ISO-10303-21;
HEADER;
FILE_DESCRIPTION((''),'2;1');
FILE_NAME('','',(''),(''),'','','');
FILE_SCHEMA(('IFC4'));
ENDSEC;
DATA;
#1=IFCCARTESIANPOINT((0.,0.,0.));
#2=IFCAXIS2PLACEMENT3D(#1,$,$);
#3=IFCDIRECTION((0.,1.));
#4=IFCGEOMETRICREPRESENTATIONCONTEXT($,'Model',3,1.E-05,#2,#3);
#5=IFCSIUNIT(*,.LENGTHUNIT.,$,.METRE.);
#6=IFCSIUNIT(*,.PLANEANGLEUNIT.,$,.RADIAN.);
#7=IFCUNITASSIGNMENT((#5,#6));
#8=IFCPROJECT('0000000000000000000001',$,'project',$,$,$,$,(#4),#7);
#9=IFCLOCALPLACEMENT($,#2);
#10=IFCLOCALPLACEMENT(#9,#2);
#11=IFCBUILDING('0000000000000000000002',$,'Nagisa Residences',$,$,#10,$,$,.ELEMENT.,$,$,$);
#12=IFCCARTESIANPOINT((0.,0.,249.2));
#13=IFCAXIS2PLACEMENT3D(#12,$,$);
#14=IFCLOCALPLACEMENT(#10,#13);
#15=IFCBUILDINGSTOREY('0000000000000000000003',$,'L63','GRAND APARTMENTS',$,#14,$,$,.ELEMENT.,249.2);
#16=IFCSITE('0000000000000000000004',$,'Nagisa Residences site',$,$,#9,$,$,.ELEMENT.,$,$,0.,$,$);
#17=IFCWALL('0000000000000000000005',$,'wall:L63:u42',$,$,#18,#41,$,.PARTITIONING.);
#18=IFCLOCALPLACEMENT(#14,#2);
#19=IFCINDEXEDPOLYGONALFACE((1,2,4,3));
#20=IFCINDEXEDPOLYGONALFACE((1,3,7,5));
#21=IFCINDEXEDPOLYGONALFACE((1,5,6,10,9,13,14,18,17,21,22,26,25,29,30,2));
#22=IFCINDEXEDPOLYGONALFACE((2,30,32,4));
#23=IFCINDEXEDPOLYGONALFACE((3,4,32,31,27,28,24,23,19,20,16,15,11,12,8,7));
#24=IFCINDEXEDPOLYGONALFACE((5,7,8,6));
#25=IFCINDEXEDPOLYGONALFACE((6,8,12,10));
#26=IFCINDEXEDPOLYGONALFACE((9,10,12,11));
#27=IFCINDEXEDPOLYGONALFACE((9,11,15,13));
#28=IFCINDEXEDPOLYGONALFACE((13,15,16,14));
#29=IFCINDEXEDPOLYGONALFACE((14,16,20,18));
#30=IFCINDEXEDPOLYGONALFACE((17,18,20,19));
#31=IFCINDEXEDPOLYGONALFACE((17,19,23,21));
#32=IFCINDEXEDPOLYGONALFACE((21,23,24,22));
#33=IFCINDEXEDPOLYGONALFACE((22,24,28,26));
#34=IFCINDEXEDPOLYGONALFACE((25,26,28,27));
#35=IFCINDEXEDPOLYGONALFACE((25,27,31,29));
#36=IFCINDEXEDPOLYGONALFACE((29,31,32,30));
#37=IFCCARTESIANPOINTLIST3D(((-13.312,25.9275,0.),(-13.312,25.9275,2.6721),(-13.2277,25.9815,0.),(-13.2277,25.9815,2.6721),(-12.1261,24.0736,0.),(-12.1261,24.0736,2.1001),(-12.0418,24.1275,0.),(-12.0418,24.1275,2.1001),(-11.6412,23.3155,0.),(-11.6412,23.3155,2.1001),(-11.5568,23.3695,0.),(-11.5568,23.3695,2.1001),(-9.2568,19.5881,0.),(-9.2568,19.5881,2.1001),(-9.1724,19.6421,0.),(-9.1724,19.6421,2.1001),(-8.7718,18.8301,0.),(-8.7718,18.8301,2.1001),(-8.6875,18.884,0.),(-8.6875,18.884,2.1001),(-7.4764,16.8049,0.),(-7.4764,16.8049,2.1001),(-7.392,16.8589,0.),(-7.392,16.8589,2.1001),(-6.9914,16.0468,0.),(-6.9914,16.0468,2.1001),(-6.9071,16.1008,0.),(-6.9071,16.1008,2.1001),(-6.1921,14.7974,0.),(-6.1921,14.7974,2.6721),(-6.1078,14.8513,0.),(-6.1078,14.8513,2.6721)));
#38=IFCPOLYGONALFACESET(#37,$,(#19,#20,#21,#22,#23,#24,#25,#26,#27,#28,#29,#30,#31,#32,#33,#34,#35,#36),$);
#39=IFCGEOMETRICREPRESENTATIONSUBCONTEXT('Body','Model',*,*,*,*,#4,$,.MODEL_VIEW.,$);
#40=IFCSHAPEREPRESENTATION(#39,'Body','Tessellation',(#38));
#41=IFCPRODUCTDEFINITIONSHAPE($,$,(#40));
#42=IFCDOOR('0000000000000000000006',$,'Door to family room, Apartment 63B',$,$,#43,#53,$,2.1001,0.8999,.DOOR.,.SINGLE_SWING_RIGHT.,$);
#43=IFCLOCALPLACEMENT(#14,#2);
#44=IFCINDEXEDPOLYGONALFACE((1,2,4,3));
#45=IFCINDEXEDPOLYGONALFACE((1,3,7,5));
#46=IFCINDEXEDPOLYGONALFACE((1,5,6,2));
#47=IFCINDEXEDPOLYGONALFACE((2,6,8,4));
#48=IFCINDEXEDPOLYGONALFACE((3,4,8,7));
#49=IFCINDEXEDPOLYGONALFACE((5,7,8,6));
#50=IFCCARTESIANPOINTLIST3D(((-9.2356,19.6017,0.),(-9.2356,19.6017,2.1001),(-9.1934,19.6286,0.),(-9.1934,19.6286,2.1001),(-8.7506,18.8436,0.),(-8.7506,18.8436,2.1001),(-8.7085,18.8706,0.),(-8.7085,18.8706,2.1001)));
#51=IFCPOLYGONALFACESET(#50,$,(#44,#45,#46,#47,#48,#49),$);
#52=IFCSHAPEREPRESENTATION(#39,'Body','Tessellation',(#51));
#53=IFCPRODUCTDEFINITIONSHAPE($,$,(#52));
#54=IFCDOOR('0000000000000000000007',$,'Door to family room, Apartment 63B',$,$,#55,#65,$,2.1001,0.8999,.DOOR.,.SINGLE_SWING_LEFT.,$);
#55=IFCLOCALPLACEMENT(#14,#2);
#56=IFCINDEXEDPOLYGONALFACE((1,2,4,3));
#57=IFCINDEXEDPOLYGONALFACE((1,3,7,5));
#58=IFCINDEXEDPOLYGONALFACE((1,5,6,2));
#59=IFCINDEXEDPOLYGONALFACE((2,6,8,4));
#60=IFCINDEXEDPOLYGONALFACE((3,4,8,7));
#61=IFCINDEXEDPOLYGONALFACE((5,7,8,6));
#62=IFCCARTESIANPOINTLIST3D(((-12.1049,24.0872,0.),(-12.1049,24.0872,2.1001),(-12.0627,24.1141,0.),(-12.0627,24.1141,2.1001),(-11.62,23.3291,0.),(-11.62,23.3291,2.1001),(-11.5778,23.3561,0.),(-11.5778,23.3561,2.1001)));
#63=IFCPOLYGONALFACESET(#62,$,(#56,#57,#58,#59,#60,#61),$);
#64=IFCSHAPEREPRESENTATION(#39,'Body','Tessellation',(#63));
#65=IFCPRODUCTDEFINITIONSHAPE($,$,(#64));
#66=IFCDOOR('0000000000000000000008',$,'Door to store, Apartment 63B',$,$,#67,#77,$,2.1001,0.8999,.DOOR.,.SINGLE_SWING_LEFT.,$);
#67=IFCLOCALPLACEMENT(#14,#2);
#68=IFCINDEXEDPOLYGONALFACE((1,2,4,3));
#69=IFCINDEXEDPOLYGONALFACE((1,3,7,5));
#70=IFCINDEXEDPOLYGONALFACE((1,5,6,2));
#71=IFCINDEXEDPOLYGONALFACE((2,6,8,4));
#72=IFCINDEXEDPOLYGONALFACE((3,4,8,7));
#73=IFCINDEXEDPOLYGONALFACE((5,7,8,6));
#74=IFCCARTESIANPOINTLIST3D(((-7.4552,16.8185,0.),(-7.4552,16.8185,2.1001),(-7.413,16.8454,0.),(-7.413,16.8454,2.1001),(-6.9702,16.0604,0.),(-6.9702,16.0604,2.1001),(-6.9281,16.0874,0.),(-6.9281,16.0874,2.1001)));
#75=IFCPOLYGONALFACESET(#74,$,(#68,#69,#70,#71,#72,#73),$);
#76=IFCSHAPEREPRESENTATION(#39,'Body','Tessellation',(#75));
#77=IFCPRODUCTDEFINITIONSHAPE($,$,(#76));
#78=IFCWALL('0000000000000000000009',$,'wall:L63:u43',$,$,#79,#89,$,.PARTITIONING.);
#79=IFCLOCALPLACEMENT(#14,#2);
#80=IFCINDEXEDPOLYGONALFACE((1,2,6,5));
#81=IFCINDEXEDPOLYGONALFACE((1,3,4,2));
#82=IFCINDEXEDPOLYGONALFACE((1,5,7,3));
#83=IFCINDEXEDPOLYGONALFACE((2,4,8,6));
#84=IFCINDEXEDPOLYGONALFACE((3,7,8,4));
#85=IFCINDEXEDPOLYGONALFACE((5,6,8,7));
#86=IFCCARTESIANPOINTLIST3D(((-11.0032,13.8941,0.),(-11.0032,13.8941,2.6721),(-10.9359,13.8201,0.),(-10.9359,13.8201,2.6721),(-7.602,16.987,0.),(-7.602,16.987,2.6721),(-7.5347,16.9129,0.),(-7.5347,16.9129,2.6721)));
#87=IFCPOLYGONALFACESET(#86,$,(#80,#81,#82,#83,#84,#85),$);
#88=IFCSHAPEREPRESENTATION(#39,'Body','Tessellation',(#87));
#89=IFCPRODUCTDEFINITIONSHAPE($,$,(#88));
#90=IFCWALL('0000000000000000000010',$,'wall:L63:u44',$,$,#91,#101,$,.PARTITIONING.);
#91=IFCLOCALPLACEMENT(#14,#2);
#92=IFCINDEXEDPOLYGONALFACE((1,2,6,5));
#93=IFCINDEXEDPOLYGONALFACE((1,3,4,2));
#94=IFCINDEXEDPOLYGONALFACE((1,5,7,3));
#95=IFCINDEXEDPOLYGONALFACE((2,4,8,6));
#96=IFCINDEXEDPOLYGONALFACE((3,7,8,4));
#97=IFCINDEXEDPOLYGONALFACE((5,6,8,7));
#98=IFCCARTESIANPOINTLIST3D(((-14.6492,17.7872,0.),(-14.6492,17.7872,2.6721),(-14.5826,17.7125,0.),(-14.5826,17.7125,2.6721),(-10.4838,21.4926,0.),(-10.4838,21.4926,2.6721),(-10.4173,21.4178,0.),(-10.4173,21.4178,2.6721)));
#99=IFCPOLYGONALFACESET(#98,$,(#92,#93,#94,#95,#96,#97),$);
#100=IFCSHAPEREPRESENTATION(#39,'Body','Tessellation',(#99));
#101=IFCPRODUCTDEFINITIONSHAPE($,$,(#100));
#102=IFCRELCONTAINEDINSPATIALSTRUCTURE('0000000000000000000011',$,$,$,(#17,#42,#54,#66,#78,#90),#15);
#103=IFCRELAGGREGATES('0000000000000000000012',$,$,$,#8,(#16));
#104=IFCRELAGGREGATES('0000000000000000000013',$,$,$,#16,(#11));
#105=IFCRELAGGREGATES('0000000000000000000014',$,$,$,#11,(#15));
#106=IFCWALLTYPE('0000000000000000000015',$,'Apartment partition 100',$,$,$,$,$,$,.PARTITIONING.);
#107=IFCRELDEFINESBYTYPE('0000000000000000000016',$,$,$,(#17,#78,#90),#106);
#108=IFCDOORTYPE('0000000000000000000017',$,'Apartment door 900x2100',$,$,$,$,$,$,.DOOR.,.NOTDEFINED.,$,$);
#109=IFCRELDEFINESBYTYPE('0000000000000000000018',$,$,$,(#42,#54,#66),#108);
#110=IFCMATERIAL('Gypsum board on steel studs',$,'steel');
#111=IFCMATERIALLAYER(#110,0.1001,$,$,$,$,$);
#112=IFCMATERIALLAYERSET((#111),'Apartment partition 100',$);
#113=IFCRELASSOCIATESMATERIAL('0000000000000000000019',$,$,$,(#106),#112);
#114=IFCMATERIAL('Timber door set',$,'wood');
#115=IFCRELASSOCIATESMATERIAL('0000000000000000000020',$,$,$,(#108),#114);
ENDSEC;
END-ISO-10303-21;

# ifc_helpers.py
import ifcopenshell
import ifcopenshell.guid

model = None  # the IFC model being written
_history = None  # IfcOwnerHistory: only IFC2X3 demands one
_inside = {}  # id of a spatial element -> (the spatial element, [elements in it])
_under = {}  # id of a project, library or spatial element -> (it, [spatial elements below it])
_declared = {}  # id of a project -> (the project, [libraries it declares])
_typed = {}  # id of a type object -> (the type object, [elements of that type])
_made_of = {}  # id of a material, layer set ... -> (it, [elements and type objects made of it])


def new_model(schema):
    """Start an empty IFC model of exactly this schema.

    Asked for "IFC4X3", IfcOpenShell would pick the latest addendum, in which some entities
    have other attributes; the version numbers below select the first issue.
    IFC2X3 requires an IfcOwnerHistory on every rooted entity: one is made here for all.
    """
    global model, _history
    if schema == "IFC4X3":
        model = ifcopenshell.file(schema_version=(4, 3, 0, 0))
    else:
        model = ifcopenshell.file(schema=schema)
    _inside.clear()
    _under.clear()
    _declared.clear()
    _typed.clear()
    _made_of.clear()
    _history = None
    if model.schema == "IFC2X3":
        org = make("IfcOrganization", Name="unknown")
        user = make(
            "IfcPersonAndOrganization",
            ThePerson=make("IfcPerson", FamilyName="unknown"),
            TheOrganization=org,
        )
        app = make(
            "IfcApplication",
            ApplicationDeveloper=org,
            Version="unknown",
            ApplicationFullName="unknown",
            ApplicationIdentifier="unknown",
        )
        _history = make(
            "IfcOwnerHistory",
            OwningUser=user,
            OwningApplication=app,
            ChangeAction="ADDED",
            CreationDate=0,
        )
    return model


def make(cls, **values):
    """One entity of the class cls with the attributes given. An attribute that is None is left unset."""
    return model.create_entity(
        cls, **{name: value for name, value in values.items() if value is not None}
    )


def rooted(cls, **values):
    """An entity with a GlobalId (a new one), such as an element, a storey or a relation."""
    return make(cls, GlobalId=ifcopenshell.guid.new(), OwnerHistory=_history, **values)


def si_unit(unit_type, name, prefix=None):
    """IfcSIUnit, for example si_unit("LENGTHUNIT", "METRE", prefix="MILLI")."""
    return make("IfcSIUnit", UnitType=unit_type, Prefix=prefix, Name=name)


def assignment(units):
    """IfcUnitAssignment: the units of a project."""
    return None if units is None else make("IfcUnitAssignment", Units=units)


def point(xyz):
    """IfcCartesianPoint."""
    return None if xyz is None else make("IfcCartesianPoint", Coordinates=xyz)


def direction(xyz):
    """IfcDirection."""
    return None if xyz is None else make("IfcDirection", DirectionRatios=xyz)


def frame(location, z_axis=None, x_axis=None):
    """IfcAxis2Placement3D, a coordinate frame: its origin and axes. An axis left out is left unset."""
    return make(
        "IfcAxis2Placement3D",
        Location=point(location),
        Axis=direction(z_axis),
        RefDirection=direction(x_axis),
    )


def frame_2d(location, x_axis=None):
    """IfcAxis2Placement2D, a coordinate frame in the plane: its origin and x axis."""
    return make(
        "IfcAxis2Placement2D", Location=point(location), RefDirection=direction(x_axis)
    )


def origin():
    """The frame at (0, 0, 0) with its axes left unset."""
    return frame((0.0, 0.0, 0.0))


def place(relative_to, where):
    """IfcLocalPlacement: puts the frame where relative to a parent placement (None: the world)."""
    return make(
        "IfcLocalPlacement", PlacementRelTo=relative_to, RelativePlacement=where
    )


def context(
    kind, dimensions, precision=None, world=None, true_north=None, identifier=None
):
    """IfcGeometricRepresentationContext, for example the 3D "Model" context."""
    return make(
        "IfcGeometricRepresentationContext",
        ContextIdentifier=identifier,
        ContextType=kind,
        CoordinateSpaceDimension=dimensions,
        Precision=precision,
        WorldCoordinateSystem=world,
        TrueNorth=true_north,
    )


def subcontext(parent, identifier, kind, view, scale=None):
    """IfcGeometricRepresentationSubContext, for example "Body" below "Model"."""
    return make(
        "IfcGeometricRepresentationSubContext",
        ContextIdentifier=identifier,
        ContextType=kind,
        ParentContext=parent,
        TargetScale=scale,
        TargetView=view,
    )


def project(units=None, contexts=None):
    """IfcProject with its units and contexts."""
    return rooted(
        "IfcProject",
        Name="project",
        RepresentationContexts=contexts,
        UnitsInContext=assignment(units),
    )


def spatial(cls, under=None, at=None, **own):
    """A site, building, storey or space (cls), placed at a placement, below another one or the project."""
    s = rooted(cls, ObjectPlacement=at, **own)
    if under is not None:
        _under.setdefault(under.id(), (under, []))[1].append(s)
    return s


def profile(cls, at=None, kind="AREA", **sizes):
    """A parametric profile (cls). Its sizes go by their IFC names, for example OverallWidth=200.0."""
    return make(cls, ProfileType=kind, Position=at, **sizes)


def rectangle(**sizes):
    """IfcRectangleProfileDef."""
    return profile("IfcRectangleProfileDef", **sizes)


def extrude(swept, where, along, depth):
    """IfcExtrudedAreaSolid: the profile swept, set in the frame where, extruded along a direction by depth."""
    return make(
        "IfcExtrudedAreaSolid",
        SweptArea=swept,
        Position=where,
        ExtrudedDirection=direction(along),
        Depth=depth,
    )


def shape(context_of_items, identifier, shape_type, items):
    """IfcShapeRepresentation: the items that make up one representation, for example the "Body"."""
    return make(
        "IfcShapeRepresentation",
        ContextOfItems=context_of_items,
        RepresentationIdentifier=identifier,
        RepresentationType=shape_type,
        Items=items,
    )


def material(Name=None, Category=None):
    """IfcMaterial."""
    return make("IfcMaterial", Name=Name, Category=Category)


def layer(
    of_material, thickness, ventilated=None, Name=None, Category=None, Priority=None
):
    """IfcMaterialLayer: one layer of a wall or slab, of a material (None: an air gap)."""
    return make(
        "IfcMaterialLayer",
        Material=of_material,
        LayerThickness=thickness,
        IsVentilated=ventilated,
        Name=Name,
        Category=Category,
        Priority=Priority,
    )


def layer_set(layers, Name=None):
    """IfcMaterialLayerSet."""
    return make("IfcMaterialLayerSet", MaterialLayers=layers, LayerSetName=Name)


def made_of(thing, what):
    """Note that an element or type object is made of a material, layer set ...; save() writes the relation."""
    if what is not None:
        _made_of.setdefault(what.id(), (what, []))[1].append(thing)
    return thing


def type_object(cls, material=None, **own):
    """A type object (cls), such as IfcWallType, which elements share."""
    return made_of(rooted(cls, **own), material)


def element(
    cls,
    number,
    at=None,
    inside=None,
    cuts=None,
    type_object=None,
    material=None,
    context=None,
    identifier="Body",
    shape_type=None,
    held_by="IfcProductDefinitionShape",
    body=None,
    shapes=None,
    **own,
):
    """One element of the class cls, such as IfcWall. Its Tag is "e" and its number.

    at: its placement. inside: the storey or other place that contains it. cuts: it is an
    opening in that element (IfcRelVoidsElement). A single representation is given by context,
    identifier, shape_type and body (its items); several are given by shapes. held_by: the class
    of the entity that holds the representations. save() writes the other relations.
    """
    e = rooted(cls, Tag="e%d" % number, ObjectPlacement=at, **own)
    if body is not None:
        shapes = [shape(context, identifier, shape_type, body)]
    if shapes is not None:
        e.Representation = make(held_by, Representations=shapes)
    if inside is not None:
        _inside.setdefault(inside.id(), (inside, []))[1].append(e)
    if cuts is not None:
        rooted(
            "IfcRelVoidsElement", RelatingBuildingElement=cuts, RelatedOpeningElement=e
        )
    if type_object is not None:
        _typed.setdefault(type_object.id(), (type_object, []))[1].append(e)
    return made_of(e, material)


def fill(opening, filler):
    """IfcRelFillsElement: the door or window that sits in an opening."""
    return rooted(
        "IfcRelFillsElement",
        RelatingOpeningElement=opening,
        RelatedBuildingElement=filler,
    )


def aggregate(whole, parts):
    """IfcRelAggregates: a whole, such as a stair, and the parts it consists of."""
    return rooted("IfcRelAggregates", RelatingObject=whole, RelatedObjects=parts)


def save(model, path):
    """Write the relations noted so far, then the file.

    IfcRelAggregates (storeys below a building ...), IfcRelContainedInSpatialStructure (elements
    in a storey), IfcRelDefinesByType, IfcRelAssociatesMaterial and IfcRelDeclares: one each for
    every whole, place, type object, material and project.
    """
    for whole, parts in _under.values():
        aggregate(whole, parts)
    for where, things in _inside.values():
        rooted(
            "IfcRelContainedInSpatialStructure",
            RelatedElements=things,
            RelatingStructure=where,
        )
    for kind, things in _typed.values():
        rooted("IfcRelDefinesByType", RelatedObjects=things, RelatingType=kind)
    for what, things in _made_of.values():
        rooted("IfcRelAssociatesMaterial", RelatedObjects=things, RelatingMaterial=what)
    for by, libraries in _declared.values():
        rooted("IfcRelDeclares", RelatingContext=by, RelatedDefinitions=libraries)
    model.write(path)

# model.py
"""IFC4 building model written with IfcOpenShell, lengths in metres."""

from ifc_helpers import new_model, si_unit, direction, frame, frame_2d, origin, place, context, subcontext, project, spatial, rectangle, extrude, material, layer, layer_set, type_object, element, fill, save


model = new_model("IFC4")

# Units and contexts
model_context = context("Model", 3, precision=1e-05, world=origin(), true_north=direction((0.0, 1.0)))
body_context = subcontext(model_context, "Body", "Model", "MODEL_VIEW")
ifc_project = project(units=[si_unit("LENGTHUNIT", "METRE"), si_unit("PLANEANGLEUNIT", "RADIAN")], contexts=[model_context])

# Site, building, storey
site_placement = place(None, origin())
site = spatial("IfcSite", under=ifc_project, at=site_placement, Name="Nagisa Residences site", CompositionType="ELEMENT", RefElevation=0.0)
building_placement = place(site_placement, origin())
building = spatial("IfcBuilding", under=site, at=building_placement, Name="Nagisa Residences", CompositionType="ELEMENT")
storey_placement = place(building_placement, frame((0.0, 0.0, 249.2)))
storey = spatial("IfcBuildingStorey", under=building, at=storey_placement, Name="L63", Description="GRAND APARTMENTS", CompositionType="ELEMENT", Elevation=249.2)

# Shared definitions
ifc_material_1 = material(Name="Gypsum board on steel studs", Category="steel")
ifc_layer_1 = layer(ifc_material_1, 0.1001)
ifc_layer_set_1 = layer_set([ifc_layer_1], Name="Apartment partition 100")
wall_type_1 = type_object("IfcWallType", Name="Apartment partition 100", PredefinedType="PARTITIONING", material=ifc_layer_set_1)
ifc_material_2 = material(Name="Timber door set", Category="wood")
door_type_1 = type_object("IfcDoorType", Name="Apartment door 900x2100", OperationType="NOTDEFINED", PredefinedType="DOOR", material=ifc_material_2)

# Wall, openings, doors
wall_1_placement = place(storey_placement, frame((-6.1499, 14.8242, 0.0), z_axis=(0.0, 0.0, 1.0), x_axis=(-0.538871, 0.842388, 0.0)))
wall_1 = element("IfcWall", 1, at=wall_1_placement, inside=storey, type_object=wall_type_1, Name="wall:L63:u42", PredefinedType="PARTITIONING", context=body_context, shape_type="SweptSolid", body=[
    extrude(rectangle(XDim=13.2126, YDim=0.1001, at=frame_2d((6.6064, 0.0))), origin(), (0.0, 0.0, 1.0), 2.6721),
])
opening_1_placement = place(wall_1_placement, frame((4.7874, 0.0, 0.0)))
opening_1 = element("IfcOpeningElement", 2, at=opening_1_placement, cuts=wall_1, PredefinedType="OPENING", context=body_context, shape_type="SweptSolid", body=[
    extrude(rectangle(XDim=0.8999, YDim=2.1001, at=frame_2d((0.45, 1.05))), frame((0.0, 0.0601, 0.0), z_axis=(0.0, -1.0, 0.0), x_axis=(1.0, 0.0, 0.0)), (0.0, 0.0, 1.0), 0.1201),
])
opening_2_placement = place(wall_1_placement, frame((10.1121, 0.0, 0.0)))
opening_2 = element("IfcOpeningElement", 3, at=opening_2_placement, cuts=wall_1, PredefinedType="OPENING", context=body_context, shape_type="SweptSolid", body=[
    extrude(rectangle(XDim=0.8999, YDim=2.1001, at=frame_2d((0.45, 1.05))), frame((0.0, 0.0601, 0.0), z_axis=(0.0, -1.0, 0.0), x_axis=(1.0, 0.0, 0.0)), (0.0, 0.0, 1.0), 0.1201),
])
opening_3_placement = place(wall_1_placement, frame((1.4834, 0.0, 0.0)))
opening_3 = element("IfcOpeningElement", 4, at=opening_3_placement, cuts=wall_1, PredefinedType="OPENING", context=body_context, shape_type="SweptSolid", body=[
    extrude(rectangle(XDim=0.8999, YDim=2.1001, at=frame_2d((0.45, 1.05))), frame((0.0, 0.0601, 0.0), z_axis=(0.0, -1.0, 0.0), x_axis=(1.0, 0.0, 0.0)), (0.0, 0.0, 1.0), 0.1201),
])
door_1_placement = place(opening_1_placement, origin())
door_1 = element("IfcDoor", 5, at=door_1_placement, inside=storey, type_object=door_type_1, Name="Door to family room, Apartment 63B", OperationType="SINGLE_SWING_RIGHT", OverallHeight=2.1001, OverallWidth=0.8999, PredefinedType="DOOR", context=body_context, shape_type="SweptSolid", body=[
    extrude(rectangle(XDim=0.8999, YDim=2.1001, at=frame_2d((0.45, 1.05))), frame((0.0, 0.0249, 0.0), z_axis=(0.0, -1.0, 0.0), x_axis=(1.0, 0.0, 0.0)), (0.0, 0.0, 1.0), 0.05),
])
fill(opening_1, door_1)
door_2_placement = place(opening_2_placement, origin())
door_2 = element("IfcDoor", 6, at=door_2_placement, inside=storey, type_object=door_type_1, Name="Door to family room, Apartment 63B", OperationType="SINGLE_SWING_LEFT", OverallHeight=2.1001, OverallWidth=0.8999, PredefinedType="DOOR", context=body_context, shape_type="SweptSolid", body=[
    extrude(rectangle(XDim=0.8999, YDim=2.1001, at=frame_2d((0.45, 1.05))), frame((0.0, 0.0249, 0.0), z_axis=(0.0, -1.0, 0.0), x_axis=(1.0, 0.0, 0.0)), (0.0, 0.0, 1.0), 0.05),
])
fill(opening_2, door_2)
door_3_placement = place(opening_3_placement, origin())
door_3 = element("IfcDoor", 7, at=door_3_placement, inside=storey, type_object=door_type_1, Name="Door to store, Apartment 63B", OperationType="SINGLE_SWING_LEFT", OverallHeight=2.1001, OverallWidth=0.8999, PredefinedType="DOOR", context=body_context, shape_type="SweptSolid", body=[
    extrude(rectangle(XDim=0.8999, YDim=2.1001, at=frame_2d((0.45, 1.05))), frame((0.0, 0.0249, 0.0), z_axis=(0.0, -1.0, 0.0), x_axis=(1.0, 0.0, 0.0)), (0.0, 0.0, 1.0), 0.05),
])
fill(opening_3, door_3)

# Walls
wall_2_placement = place(storey_placement, frame((-7.5684, 16.95, 0.0), z_axis=(0.0, 0.0, 1.0), x_axis=(-0.739849, -0.672773, 0.0)))
element("IfcWall", 8, at=wall_2_placement, inside=storey, type_object=wall_type_1, Name="wall:L63:u43", PredefinedType="PARTITIONING", context=body_context, shape_type="SweptSolid", body=[
    extrude(rectangle(XDim=4.5972, YDim=0.1001, at=frame_2d((2.2986, 0.0))), origin(), (0.0, 0.0, 1.0), 2.6721),
])
wall_3_placement = place(storey_placement, frame((-10.4504, 21.4553, 0.0), z_axis=(0.0, 0.0, 1.0), x_axis=(-0.747156, -0.664649, 0.0)))
element("IfcWall", 9, at=wall_3_placement, inside=storey, type_object=wall_type_1, Name="wall:L63:u44", PredefinedType="PARTITIONING", context=body_context, shape_type="SweptSolid", body=[
    extrude(rectangle(XDim=5.575, YDim=0.1001, at=frame_2d((2.7876, 0.0))), origin(), (0.0, 0.0, 1.0), 2.6721),
])

save(model, "model.ifc")
